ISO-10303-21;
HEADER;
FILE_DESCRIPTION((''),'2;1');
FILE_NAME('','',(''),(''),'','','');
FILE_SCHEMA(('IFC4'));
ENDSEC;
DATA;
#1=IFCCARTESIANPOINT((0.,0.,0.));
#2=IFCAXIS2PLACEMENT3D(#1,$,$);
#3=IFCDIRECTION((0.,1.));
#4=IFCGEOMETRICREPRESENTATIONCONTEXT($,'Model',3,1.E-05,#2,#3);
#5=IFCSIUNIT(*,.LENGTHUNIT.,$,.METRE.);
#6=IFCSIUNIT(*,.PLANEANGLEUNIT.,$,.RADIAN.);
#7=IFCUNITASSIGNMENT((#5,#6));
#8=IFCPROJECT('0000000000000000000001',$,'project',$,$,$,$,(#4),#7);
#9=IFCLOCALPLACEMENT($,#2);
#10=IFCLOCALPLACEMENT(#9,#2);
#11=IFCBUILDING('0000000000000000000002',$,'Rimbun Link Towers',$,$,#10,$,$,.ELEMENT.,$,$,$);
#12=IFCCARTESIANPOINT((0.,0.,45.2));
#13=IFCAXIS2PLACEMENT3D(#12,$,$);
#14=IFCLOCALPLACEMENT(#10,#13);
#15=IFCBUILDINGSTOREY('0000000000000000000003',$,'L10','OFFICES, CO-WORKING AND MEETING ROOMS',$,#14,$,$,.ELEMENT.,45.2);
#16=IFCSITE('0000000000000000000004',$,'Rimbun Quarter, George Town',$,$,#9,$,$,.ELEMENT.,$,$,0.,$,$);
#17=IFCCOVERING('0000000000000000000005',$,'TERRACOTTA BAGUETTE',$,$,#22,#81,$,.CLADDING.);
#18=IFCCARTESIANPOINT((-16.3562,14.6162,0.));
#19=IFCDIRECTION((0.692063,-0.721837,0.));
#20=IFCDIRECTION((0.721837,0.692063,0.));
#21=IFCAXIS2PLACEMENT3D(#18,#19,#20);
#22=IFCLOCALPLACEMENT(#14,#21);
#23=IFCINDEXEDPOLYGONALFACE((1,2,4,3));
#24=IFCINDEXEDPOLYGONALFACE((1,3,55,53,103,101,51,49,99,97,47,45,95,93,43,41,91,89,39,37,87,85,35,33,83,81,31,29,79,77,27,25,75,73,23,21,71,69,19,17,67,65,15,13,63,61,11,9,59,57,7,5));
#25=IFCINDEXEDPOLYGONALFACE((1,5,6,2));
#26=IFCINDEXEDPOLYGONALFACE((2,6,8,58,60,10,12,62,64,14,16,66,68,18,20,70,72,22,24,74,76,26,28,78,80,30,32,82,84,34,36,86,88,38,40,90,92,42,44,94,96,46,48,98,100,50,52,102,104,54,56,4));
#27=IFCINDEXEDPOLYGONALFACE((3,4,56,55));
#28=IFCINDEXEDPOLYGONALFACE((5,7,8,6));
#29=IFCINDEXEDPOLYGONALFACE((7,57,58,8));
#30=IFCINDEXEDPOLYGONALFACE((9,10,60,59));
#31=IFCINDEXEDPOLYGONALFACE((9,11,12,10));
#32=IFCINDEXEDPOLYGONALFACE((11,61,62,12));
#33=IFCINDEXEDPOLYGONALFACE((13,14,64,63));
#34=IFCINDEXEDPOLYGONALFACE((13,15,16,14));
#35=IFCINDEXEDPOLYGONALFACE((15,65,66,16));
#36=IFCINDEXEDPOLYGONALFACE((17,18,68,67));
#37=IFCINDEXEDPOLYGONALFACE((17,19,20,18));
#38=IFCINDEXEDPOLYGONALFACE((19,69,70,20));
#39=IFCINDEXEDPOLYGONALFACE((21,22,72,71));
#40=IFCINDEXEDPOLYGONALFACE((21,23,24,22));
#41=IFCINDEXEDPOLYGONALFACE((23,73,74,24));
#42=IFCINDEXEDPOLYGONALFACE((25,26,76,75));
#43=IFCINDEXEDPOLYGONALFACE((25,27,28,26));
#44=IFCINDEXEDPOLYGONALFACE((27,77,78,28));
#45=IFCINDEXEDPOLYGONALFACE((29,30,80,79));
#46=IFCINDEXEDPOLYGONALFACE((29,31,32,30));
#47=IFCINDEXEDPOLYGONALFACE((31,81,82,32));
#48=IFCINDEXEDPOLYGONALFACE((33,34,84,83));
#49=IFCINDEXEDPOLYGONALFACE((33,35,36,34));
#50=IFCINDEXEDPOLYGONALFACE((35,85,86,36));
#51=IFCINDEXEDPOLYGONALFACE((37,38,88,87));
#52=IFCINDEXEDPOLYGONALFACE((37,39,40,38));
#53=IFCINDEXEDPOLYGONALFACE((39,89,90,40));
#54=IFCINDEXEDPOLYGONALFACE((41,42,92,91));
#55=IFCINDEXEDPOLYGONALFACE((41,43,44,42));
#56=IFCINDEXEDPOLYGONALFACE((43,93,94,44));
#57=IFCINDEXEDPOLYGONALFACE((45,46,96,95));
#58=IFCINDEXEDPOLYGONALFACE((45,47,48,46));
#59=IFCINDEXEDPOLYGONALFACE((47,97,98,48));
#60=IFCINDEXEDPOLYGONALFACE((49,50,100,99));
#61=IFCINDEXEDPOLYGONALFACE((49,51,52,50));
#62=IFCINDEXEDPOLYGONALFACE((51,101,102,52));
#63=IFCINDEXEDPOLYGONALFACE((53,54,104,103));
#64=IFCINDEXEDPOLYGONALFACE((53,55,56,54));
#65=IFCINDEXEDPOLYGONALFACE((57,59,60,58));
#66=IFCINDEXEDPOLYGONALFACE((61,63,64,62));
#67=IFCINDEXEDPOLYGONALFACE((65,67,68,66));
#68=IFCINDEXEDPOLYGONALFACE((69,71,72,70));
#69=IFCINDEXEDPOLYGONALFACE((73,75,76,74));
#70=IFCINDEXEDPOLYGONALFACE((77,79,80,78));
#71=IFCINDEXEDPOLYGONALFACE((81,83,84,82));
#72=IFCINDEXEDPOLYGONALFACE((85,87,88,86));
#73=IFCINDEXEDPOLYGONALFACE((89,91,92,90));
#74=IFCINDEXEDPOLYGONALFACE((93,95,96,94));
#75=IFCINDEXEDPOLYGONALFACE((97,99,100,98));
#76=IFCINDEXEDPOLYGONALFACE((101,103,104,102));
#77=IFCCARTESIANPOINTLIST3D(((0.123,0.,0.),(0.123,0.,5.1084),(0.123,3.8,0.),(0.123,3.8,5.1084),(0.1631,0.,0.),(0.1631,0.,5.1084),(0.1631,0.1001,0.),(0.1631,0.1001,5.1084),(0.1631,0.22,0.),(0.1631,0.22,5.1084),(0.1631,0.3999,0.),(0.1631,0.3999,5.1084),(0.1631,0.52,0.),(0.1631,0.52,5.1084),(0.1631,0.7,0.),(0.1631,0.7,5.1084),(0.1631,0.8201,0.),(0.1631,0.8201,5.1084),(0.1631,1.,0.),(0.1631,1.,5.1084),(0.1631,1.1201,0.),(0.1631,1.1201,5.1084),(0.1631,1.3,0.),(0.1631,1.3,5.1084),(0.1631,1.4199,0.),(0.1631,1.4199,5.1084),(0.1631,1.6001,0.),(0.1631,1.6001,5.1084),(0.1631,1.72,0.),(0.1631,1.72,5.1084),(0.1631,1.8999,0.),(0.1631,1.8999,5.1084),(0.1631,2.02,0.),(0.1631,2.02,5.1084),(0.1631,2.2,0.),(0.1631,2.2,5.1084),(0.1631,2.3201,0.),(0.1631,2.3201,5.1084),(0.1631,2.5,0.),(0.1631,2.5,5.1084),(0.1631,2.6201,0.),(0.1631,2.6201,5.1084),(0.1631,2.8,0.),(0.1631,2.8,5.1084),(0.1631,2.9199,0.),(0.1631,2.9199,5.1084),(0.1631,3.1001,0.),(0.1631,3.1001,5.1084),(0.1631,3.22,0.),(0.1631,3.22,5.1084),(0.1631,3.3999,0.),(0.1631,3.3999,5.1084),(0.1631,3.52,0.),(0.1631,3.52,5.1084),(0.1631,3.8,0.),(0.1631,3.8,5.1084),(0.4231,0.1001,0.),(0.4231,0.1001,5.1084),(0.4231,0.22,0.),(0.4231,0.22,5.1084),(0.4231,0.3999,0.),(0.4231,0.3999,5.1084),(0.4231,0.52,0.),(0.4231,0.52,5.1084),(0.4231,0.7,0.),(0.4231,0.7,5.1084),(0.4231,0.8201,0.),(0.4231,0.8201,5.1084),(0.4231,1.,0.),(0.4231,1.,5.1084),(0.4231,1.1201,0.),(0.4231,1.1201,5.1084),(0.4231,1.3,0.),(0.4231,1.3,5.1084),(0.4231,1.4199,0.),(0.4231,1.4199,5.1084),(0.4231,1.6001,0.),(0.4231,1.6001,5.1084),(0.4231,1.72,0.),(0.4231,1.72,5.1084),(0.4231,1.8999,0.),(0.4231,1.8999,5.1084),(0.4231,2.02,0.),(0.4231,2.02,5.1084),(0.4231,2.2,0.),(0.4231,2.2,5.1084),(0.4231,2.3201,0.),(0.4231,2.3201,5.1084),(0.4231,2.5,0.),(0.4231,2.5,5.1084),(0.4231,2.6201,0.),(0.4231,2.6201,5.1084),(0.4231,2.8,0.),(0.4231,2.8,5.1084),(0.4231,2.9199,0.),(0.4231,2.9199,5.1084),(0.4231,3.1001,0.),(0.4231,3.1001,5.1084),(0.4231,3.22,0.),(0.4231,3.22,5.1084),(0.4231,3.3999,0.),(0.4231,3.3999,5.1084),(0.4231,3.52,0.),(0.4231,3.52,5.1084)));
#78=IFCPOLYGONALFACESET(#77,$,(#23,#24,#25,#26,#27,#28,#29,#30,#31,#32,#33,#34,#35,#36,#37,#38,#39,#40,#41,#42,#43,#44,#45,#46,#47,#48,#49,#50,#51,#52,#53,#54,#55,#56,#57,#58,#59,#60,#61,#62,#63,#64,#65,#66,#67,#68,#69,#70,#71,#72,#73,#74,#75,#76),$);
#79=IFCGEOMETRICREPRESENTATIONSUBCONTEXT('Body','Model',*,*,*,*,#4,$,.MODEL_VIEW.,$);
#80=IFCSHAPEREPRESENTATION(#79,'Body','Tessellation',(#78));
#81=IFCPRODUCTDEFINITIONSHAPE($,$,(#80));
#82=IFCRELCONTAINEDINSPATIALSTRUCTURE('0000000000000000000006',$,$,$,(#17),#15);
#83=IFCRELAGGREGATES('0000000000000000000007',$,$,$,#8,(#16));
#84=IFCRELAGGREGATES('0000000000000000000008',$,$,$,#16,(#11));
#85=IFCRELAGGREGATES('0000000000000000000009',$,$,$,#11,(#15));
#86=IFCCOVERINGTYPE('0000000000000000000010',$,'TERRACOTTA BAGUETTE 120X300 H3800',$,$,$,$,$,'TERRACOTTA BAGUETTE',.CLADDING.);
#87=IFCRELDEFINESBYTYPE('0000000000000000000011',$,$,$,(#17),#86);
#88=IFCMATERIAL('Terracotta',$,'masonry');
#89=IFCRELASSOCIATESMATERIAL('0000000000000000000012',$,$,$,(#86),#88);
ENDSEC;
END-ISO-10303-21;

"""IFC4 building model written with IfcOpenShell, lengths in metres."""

from ifc_helpers import new_model, si_unit, direction, frame, origin, place, context, subcontext, project, spatial, polyline, outline, extrude, material, material_profile, profile_set, type_object, element, save


model = new_model("IFC4")

# Units and contexts
model_context = context("Model", 3, precision=1e-05, world=origin(), true_north=direction((0.0, 1.0)))
body_context = subcontext(model_context, "Body", "Model", "MODEL_VIEW")
ifc_project = project(units=[si_unit("LENGTHUNIT", "METRE"), si_unit("PLANEANGLEUNIT", "RADIAN")], contexts=[model_context])

# Site, building, storey
site_placement = place(None, origin())
site = spatial("IfcSite", under=ifc_project, at=site_placement, Name="Rimbun Quarter, George Town", CompositionType="ELEMENT", RefElevation=0.0)
building_placement = place(site_placement, origin())
building = spatial("IfcBuilding", under=site, at=building_placement, Name="Rimbun Link Towers", CompositionType="ELEMENT")
storey_placement = place(building_placement, frame((0.0, 0.0, 45.2)))
storey = spatial("IfcBuildingStorey", under=building, at=storey_placement, Name="L10", Description="OFFICES, CO-WORKING AND MEETING ROOMS", CompositionType="ELEMENT", Elevation=45.2)

# Covering
ifc_material_1 = material(Name="Terracotta", Category="masonry")
ifc_material_profile_1 = material_profile(ifc_material_1, outline(polyline([(0.123, 0.0), (0.1631, 0.0), (0.1631, 0.1001), (0.4231, 0.1001), (0.4231, 0.22), (0.1631, 0.22), (0.1631, 0.3999), (0.4231, 0.3999), (0.4231, 0.52), (0.1631, 0.52), (0.1631, 0.7), (0.4231, 0.7), (0.4231, 0.8201), (0.1631, 0.8201), (0.1631, 1.0), (0.4231, 1.0), (0.4231, 1.1201), (0.1631, 1.1201), (0.1631, 1.3), (0.4231, 1.3), (0.4231, 1.4199), (0.1631, 1.4199), (0.1631, 1.6001), (0.4231, 1.6001), (0.4231, 1.72), (0.1631, 1.72), (0.1631, 1.8999), (0.4231, 1.8999), (0.4231, 2.02), (0.1631, 2.02), (0.1631, 2.2), (0.4231, 2.2), (0.4231, 2.3201), (0.1631, 2.3201), (0.1631, 2.5), (0.4231, 2.5), (0.4231, 2.6201), (0.1631, 2.6201), (0.1631, 2.8), (0.4231, 2.8), (0.4231, 2.9199), (0.1631, 2.9199), (0.1631, 3.1001), (0.4231, 3.1001), (0.4231, 3.22), (0.1631, 3.22), (0.1631, 3.3999), (0.4231, 3.3999), (0.4231, 3.52), (0.1631, 3.52), (0.1631, 3.8), (0.123, 3.8), (0.123, 0.0)])), Name="BAGUETTE 120X300")
ifc_profile_set_1 = profile_set([ifc_material_profile_1], Name="Terracotta")
covering_type = type_object("IfcCoveringType", Name="TERRACOTTA BAGUETTE 120X300 H3800", ElementType="TERRACOTTA BAGUETTE", PredefinedType="CLADDING", material=ifc_profile_set_1)
covering_placement = place(storey_placement, frame((-16.3562, 14.6162, 0.0), z_axis=(0.692063, -0.721837, 0.0), x_axis=(0.721837, 0.692063, 0.0)))
element("IfcCovering", 1, at=covering_placement, inside=storey, type_object=covering_type, Name="TERRACOTTA BAGUETTE", PredefinedType="CLADDING", context=body_context, shape_type="SweptSolid", body=[
    extrude(outline(polyline([(0.123, 0.0), (0.1631, 0.0), (0.1631, 0.1001), (0.4231, 0.1001), (0.4231, 0.22), (0.1631, 0.22), (0.1631, 0.3999), (0.4231, 0.3999), (0.4231, 0.52), (0.1631, 0.52), (0.1631, 0.7), (0.4231, 0.7), (0.4231, 0.8201), (0.1631, 0.8201), (0.1631, 1.0), (0.4231, 1.0), (0.4231, 1.1201), (0.1631, 1.1201), (0.1631, 1.3), (0.4231, 1.3), (0.4231, 1.4199), (0.1631, 1.4199), (0.1631, 1.6001), (0.4231, 1.6001), (0.4231, 1.72), (0.1631, 1.72), (0.1631, 1.8999), (0.4231, 1.8999), (0.4231, 2.02), (0.1631, 2.02), (0.1631, 2.2), (0.4231, 2.2), (0.4231, 2.3201), (0.1631, 2.3201), (0.1631, 2.5), (0.4231, 2.5), (0.4231, 2.6201), (0.1631, 2.6201), (0.1631, 2.8), (0.4231, 2.8), (0.4231, 2.9199), (0.1631, 2.9199), (0.1631, 3.1001), (0.4231, 3.1001), (0.4231, 3.22), (0.1631, 3.22), (0.1631, 3.3999), (0.4231, 3.3999), (0.4231, 3.52), (0.1631, 3.52), (0.1631, 3.8), (0.123, 3.8), (0.123, 0.0)])), origin(), (0.0, 0.0, 1.0), 5.1084),
])

save(model, "model.ifc")
